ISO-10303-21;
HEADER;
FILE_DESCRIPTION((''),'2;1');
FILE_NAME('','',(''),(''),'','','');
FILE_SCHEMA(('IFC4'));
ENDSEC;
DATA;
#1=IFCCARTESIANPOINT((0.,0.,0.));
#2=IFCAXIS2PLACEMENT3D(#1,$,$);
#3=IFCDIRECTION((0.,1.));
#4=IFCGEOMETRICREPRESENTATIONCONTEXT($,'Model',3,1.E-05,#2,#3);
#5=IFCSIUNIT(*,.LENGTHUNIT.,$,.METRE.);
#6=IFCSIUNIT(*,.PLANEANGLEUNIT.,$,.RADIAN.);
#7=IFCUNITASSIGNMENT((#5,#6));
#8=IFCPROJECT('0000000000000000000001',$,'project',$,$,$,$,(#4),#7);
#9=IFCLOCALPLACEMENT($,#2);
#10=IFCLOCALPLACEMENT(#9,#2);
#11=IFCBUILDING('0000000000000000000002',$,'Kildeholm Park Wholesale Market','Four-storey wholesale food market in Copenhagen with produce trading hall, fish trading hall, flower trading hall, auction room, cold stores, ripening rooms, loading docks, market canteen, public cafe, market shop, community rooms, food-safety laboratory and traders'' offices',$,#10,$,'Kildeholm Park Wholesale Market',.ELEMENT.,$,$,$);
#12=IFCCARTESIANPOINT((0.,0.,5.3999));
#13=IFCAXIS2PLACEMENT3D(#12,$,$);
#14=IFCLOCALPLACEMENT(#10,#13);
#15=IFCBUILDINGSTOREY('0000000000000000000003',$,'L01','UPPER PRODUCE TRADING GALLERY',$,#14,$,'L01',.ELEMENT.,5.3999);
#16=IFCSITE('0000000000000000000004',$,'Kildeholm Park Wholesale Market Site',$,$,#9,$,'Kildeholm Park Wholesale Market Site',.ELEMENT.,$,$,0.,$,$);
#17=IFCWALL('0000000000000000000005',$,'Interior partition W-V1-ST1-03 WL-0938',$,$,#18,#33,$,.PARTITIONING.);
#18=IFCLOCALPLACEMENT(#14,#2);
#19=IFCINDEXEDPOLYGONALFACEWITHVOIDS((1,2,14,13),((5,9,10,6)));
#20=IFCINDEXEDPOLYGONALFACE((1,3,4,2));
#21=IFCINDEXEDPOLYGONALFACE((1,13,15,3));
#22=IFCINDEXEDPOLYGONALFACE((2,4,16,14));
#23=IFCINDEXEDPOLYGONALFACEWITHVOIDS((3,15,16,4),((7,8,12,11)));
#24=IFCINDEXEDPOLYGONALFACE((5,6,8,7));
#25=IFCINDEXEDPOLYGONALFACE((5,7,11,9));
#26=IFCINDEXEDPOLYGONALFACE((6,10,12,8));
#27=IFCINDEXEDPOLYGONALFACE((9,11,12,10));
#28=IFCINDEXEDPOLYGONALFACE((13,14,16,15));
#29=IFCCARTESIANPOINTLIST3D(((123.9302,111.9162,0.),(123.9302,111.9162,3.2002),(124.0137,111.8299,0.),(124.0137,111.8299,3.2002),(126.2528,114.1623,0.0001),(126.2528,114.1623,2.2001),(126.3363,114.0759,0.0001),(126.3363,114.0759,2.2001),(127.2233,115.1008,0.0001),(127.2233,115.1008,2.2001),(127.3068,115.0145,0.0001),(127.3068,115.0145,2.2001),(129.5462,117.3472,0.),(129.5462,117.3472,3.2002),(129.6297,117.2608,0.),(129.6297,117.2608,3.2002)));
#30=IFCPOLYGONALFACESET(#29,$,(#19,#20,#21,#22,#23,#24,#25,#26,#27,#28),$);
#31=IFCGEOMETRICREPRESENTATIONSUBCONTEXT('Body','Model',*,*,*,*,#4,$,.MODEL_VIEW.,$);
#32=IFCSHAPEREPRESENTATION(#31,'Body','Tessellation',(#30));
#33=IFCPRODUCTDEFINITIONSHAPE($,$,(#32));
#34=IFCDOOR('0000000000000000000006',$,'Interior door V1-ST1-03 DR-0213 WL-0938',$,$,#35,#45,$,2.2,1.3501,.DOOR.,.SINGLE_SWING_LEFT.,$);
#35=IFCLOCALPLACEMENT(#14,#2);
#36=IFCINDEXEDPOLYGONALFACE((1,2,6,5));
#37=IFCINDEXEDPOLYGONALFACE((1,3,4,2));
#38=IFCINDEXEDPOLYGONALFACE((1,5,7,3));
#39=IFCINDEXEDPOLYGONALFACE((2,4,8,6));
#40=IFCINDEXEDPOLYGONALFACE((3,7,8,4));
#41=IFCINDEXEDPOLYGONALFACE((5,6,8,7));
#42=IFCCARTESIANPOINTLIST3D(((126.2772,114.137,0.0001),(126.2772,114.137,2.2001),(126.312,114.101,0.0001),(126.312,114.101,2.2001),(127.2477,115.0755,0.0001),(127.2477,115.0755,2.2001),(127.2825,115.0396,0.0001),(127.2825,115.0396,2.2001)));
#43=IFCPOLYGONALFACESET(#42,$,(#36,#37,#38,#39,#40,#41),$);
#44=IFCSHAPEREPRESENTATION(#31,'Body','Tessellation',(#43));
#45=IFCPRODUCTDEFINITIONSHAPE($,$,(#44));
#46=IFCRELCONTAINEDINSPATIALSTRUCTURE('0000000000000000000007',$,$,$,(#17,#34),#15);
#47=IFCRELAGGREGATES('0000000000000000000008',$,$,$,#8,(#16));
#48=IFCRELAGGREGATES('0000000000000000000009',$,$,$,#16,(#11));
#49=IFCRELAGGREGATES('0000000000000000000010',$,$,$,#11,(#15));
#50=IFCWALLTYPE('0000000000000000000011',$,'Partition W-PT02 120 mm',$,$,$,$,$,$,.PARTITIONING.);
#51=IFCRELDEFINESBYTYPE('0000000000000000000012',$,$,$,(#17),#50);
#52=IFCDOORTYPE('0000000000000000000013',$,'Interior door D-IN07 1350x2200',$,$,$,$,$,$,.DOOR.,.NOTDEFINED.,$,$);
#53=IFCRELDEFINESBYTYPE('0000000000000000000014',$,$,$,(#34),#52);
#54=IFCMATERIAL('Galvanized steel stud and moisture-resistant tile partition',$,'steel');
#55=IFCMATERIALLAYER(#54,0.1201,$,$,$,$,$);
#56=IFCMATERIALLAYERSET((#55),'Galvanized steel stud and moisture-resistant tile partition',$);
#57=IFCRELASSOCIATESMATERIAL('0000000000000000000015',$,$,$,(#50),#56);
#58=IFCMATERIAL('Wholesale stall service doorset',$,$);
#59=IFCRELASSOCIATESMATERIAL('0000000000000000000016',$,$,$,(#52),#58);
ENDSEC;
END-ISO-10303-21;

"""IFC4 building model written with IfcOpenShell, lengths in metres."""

from ifc_helpers import new_model, si_unit, direction, frame, frame_2d, origin, place, context, subcontext, project, spatial, rectangle, extrude, material, layer, layer_set, type_object, element, fill, save


model = new_model("IFC4")

# Units and contexts
model_context = context("Model", 3, precision=1e-05, world=origin(), true_north=direction((0.0, 1.0)))
body_context = subcontext(model_context, "Body", "Model", "MODEL_VIEW")
ifc_project = project(units=[si_unit("LENGTHUNIT", "METRE"), si_unit("PLANEANGLEUNIT", "RADIAN")], contexts=[model_context])

# Site, building, storey
site_placement = place(None, origin())
site = spatial("IfcSite", under=ifc_project, at=site_placement, Name="Kildeholm Park Wholesale Market Site", LongName="Kildeholm Park Wholesale Market Site", CompositionType="ELEMENT", RefElevation=0.0)
building_placement = place(site_placement, origin())
building = spatial("IfcBuilding", under=site, at=building_placement, Name="Kildeholm Park Wholesale Market", Description="Four-storey wholesale food market in Copenhagen with produce trading hall, fish trading hall, flower trading hall, auction room, cold stores, ripening rooms, loading docks, market canteen, public cafe, market shop, community rooms, food-safety laboratory and traders' offices", LongName="Kildeholm Park Wholesale Market", CompositionType="ELEMENT")
storey_placement = place(building_placement, frame((0.0, 0.0, 5.3999)))
storey = spatial("IfcBuildingStorey", under=building, at=storey_placement, Name="L01", Description="UPPER PRODUCE TRADING GALLERY", LongName="L01", CompositionType="ELEMENT", Elevation=5.3999)

# Wall, opening, door
ifc_material_1 = material(Name="Galvanized steel stud and moisture-resistant tile partition", Category="steel")
ifc_layer_1 = layer(ifc_material_1, 0.1201)
ifc_layer_set_1 = layer_set([ifc_layer_1], Name="Galvanized steel stud and moisture-resistant tile partition")
wall_type = type_object("IfcWallType", Name="Partition W-PT02 120 mm", PredefinedType="PARTITIONING", material=ifc_layer_set_1)
wall_placement = place(storey_placement, frame((123.9719, 111.873, 0.0), z_axis=(0.0, 0.0, 1.0), x_axis=(0.718851, 0.695164, 0.0)))
wall = element("IfcWall", 1, at=wall_placement, inside=storey, type_object=wall_type, Name="Interior partition W-V1-ST1-03 WL-0938", PredefinedType="PARTITIONING", context=body_context, shape_type="SweptSolid", body=[
    extrude(rectangle(XDim=7.8125, YDim=0.1201, at=frame_2d((3.9062, 0.0))), origin(), (0.0, 0.0, 1.0), 3.2002),
])
opening_placement = place(wall_placement, frame((3.231, 0.0, 0.0)))
opening = element("IfcOpeningElement", 2, at=opening_placement, cuts=wall, PredefinedType="OPENING", context=body_context, shape_type="SweptSolid", body=[
    extrude(rectangle(XDim=1.3501, YDim=2.2, at=frame_2d((0.675, 1.1001))), frame((0.0, 0.0701, 0.0), z_axis=(0.0, -1.0, 0.0), x_axis=(1.0, 0.0, 0.0)), (0.0, 0.0, 1.0), 0.1401),
])
ifc_material_2 = material(Name="Wholesale stall service doorset")
door_type = type_object("IfcDoorType", Name="Interior door D-IN07 1350x2200", OperationType="NOTDEFINED", PredefinedType="DOOR", material=ifc_material_2)
door_placement = place(opening_placement, origin())
door = element("IfcDoor", 3, at=door_placement, inside=storey, type_object=door_type, Name="Interior door V1-ST1-03 DR-0213 WL-0938", OperationType="SINGLE_SWING_LEFT", OverallHeight=2.2, OverallWidth=1.3501, PredefinedType="DOOR", context=body_context, shape_type="SweptSolid", body=[
    extrude(rectangle(XDim=1.3501, YDim=2.2, at=frame_2d((0.675, 1.1001))), frame((0.0, 0.0249, 0.0), z_axis=(0.0, -1.0, 0.0), x_axis=(1.0, 0.0, 0.0)), (0.0, 0.0, 1.0), 0.05),
])
fill(opening, door)

save(model, "model.ifc")
